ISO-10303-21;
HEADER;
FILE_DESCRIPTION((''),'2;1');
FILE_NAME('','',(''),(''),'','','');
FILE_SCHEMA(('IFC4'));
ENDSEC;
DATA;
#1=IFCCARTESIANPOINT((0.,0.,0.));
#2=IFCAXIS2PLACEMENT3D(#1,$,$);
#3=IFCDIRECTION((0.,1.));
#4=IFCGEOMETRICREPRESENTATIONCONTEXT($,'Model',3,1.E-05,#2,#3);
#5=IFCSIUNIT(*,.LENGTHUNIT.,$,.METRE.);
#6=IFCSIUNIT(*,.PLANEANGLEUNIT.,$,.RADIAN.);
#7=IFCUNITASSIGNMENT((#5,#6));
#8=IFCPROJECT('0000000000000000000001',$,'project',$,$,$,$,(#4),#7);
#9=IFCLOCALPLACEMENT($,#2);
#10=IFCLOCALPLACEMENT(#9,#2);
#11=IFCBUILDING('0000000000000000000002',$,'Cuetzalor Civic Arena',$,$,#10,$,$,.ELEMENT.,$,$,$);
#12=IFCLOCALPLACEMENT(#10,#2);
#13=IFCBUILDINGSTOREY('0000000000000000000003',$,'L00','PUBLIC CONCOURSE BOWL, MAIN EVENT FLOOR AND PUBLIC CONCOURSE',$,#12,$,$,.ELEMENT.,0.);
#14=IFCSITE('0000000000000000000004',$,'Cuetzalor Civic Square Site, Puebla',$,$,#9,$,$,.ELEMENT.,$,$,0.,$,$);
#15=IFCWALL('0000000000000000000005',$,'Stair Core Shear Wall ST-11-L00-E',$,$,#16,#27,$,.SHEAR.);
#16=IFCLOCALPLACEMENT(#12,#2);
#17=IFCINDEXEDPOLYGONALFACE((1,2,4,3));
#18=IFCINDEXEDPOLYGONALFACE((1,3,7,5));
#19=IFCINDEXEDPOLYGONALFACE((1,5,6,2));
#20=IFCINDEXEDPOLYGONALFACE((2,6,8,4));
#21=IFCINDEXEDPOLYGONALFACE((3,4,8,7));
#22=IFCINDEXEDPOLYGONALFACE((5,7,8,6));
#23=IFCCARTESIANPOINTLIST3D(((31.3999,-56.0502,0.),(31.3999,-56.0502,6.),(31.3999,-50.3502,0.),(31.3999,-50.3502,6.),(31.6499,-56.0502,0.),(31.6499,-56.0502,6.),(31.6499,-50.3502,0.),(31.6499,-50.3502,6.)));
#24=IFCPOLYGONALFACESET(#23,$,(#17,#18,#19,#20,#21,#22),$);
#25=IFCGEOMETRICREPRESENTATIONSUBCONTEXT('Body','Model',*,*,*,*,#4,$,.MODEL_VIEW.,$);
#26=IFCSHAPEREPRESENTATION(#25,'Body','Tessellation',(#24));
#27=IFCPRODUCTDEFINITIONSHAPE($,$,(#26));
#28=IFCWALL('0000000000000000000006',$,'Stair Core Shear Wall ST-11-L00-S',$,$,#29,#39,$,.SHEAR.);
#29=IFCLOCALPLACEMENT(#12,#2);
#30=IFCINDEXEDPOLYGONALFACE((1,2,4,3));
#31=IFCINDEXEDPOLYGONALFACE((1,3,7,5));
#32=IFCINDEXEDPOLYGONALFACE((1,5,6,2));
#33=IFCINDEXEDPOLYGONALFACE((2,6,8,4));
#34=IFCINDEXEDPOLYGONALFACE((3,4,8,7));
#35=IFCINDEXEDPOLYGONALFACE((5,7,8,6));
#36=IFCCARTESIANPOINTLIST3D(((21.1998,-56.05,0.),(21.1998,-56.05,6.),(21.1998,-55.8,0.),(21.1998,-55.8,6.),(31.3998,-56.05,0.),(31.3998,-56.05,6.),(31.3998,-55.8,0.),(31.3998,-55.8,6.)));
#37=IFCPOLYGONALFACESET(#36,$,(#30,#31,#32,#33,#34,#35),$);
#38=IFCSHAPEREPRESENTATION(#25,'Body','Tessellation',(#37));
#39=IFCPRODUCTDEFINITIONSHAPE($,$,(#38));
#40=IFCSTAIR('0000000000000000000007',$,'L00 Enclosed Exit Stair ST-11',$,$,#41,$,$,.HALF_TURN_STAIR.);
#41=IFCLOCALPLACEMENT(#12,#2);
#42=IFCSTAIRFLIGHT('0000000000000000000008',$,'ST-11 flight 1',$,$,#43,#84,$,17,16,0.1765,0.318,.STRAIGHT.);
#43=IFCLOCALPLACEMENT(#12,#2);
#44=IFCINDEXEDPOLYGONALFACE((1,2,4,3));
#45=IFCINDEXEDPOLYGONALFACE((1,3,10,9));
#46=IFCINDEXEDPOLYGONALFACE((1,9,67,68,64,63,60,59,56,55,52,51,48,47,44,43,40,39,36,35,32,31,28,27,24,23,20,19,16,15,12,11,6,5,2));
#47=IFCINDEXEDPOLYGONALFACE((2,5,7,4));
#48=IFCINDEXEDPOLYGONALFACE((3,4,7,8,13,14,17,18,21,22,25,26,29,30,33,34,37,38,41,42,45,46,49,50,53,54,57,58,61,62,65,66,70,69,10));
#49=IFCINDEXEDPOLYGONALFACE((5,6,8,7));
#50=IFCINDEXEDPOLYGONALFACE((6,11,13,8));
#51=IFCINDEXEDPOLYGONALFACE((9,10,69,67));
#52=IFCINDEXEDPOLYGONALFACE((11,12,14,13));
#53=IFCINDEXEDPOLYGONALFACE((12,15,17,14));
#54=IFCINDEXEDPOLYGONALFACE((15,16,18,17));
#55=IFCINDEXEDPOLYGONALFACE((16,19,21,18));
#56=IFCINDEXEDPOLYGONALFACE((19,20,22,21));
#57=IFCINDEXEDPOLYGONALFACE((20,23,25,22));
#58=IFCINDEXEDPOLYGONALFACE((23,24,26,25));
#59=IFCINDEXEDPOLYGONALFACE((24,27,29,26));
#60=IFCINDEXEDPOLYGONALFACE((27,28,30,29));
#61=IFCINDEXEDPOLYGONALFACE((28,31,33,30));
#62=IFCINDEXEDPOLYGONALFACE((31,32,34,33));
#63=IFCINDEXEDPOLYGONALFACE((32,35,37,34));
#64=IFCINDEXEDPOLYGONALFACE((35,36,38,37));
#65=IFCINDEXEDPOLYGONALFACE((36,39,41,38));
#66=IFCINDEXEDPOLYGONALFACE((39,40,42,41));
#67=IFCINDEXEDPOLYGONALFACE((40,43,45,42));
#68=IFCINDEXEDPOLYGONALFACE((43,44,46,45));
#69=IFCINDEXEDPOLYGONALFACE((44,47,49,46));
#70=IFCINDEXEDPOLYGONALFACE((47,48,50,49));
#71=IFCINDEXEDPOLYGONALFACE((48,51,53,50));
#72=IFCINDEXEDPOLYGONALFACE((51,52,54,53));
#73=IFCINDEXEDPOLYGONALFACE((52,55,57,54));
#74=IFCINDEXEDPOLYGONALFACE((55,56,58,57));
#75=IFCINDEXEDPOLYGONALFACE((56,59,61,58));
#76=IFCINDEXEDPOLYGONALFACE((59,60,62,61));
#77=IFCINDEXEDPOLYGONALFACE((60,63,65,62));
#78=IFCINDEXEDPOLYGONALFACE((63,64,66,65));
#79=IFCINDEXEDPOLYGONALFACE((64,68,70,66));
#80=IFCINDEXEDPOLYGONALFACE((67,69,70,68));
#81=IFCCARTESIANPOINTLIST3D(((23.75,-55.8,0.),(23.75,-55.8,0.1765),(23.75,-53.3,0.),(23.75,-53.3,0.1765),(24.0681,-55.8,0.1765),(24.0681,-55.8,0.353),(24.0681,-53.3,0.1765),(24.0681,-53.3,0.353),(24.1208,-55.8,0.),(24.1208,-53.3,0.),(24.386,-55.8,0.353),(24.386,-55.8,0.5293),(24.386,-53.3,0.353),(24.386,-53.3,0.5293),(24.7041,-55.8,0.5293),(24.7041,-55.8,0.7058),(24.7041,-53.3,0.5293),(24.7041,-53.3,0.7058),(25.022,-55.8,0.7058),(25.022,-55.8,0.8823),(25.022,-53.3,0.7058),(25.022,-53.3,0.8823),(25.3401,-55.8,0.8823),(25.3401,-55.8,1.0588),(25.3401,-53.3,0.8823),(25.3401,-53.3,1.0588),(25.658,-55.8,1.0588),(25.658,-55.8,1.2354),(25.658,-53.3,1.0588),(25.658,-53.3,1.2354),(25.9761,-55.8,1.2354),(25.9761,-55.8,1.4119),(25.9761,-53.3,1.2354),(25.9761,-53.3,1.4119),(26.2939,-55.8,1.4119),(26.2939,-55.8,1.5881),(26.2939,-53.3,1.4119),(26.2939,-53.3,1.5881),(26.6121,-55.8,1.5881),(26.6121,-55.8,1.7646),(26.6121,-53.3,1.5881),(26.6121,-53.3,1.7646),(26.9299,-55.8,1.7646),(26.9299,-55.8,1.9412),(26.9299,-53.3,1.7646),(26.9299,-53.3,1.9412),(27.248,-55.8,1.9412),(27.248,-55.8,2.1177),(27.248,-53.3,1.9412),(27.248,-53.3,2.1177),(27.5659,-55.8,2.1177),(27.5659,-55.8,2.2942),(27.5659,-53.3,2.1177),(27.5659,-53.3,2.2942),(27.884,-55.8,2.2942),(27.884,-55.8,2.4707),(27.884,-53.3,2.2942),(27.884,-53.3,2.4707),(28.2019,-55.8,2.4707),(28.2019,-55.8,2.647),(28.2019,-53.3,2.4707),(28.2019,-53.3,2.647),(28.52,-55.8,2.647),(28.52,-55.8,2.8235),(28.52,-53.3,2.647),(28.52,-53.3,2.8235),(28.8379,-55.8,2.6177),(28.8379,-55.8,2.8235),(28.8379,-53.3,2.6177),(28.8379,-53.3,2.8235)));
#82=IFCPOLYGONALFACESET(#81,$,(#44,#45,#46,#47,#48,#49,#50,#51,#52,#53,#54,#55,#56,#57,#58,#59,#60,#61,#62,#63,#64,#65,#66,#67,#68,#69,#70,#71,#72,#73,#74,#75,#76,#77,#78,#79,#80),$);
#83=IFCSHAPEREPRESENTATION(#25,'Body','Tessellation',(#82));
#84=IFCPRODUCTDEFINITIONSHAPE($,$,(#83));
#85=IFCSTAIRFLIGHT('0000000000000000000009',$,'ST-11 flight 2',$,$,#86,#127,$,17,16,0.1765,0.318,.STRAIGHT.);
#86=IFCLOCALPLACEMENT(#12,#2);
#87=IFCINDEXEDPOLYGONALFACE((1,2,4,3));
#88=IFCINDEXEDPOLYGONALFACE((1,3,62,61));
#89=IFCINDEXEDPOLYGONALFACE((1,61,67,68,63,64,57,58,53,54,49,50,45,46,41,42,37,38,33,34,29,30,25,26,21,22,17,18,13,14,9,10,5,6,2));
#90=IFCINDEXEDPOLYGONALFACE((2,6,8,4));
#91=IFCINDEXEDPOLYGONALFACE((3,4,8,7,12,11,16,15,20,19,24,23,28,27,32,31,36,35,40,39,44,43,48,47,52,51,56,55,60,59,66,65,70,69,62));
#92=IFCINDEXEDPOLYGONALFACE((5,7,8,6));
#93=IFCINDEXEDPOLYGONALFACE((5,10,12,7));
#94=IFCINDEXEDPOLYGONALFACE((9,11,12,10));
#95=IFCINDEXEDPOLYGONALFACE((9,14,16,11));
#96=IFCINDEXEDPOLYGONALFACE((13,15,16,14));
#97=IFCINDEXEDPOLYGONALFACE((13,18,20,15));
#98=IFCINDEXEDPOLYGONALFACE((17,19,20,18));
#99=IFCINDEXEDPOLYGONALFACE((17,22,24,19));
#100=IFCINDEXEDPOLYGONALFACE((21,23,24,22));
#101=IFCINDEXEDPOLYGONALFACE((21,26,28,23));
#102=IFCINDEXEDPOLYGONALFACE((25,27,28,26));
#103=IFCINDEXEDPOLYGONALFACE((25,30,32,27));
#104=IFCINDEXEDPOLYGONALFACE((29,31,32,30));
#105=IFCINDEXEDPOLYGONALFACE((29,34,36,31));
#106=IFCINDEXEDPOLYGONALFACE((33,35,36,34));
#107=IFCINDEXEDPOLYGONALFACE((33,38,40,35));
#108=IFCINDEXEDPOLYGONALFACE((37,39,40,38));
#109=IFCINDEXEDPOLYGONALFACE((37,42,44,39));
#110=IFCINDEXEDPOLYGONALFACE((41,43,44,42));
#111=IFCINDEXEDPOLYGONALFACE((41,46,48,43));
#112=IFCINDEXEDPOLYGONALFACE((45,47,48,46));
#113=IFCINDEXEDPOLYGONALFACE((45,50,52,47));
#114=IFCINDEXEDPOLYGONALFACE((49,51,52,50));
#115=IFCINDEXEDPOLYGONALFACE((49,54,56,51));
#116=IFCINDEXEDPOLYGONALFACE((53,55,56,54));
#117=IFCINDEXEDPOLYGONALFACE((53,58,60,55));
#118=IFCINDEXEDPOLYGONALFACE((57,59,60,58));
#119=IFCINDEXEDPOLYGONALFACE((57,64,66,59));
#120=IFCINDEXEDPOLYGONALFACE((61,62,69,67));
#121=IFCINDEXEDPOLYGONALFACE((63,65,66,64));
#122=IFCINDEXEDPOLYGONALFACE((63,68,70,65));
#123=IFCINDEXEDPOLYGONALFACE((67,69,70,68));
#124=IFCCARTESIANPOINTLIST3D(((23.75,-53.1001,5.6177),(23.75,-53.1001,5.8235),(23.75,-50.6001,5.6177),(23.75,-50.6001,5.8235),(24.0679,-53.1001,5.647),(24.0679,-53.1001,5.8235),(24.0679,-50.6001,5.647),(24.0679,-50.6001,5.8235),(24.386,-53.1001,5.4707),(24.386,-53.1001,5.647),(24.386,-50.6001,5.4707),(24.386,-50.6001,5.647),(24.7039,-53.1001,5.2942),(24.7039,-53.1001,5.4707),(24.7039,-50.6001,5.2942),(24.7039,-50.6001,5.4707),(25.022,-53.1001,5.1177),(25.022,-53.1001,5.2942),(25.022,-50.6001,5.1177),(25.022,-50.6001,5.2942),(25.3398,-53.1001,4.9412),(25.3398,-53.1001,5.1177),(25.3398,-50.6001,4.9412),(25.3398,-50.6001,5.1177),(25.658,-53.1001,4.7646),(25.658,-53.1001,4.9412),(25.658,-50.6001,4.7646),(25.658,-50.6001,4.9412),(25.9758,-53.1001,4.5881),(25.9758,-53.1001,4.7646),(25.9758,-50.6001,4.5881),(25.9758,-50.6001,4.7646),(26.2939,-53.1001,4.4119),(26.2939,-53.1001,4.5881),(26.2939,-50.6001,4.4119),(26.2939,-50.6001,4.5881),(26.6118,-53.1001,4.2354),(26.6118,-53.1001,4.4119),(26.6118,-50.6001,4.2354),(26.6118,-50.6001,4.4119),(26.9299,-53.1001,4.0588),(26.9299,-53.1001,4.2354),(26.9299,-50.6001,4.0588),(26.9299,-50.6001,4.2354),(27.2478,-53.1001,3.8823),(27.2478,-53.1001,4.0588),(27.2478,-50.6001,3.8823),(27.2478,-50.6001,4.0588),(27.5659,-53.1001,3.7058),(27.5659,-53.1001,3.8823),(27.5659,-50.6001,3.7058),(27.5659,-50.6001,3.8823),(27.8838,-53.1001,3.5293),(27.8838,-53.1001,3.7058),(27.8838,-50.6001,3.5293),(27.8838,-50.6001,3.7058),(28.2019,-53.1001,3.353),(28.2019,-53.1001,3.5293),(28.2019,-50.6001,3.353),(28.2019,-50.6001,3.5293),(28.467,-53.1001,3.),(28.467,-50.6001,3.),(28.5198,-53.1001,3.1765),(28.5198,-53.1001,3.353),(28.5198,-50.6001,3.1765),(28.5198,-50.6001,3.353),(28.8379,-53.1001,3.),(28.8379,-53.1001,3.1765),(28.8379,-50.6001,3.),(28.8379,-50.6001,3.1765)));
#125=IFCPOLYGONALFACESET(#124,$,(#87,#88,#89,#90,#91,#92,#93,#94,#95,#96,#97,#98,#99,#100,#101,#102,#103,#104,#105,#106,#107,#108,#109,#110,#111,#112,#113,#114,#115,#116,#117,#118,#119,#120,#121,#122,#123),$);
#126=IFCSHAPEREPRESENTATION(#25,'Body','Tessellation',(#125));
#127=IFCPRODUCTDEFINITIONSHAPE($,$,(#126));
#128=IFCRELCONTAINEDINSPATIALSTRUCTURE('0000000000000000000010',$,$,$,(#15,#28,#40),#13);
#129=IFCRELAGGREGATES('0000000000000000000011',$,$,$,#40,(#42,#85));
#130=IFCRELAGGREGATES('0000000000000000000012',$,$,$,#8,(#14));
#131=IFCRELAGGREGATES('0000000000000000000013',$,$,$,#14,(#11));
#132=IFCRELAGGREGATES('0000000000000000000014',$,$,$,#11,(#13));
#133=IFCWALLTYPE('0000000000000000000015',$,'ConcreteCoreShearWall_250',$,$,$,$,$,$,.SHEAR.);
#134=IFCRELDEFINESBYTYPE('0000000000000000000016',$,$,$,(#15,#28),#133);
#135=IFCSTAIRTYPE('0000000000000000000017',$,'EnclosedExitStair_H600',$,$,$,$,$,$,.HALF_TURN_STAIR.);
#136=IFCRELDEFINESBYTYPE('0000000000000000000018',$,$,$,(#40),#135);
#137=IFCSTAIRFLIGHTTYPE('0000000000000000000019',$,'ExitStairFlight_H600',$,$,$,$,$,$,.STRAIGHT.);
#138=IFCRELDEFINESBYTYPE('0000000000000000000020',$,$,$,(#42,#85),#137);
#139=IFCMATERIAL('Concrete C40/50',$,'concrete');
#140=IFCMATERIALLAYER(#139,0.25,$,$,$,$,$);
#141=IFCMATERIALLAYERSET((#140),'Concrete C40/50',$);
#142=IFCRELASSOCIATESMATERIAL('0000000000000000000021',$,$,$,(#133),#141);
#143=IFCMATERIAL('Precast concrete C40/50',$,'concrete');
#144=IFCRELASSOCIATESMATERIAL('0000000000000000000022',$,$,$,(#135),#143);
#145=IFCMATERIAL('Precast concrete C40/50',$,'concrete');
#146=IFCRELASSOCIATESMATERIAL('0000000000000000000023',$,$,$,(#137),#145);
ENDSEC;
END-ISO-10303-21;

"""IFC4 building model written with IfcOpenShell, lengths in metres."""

from ifc_helpers import new_model, si_unit, direction, frame, frame_2d, origin, place, context, subcontext, project, spatial, polyline, rectangle, outline, extrude, material, layer, layer_set, type_object, element, aggregate, save


model = new_model("IFC4")

# Units and contexts
model_context = context("Model", 3, precision=1e-05, world=origin(), true_north=direction((0.0, 1.0)))
body_context = subcontext(model_context, "Body", "Model", "MODEL_VIEW")
ifc_project = project(units=[si_unit("LENGTHUNIT", "METRE"), si_unit("PLANEANGLEUNIT", "RADIAN")], contexts=[model_context])

# Site, building, storey
site_placement = place(None, origin())
site = spatial("IfcSite", under=ifc_project, at=site_placement, Name="Cuetzalor Civic Square Site, Puebla", CompositionType="ELEMENT", RefElevation=0.0)
building_placement = place(site_placement, origin())
building = spatial("IfcBuilding", under=site, at=building_placement, Name="Cuetzalor Civic Arena", CompositionType="ELEMENT")
storey_placement = place(building_placement, origin())
storey = spatial("IfcBuildingStorey", under=building, at=storey_placement, Name="L00", Description="PUBLIC CONCOURSE BOWL, MAIN EVENT FLOOR AND PUBLIC CONCOURSE", CompositionType="ELEMENT", Elevation=0.0)

# Walls
ifc_material_1 = material(Name="Concrete C40/50", Category="concrete")
ifc_layer_1 = layer(ifc_material_1, 0.25)
ifc_layer_set_1 = layer_set([ifc_layer_1], Name="Concrete C40/50")
wall_type_1 = type_object("IfcWallType", Name="ConcreteCoreShearWall_250", PredefinedType="SHEAR", material=ifc_layer_set_1)
wall_1_placement = place(storey_placement, frame((31.5249, -50.3501, 0.0), z_axis=(0.0, 0.0, 1.0), x_axis=(0.0, -1.0, 0.0)))
element("IfcWall", 1, at=wall_1_placement, inside=storey, type_object=wall_type_1, Name="Stair Core Shear Wall ST-11-L00-E", PredefinedType="SHEAR", context=body_context, shape_type="SweptSolid", body=[
    extrude(rectangle(XDim=5.7, YDim=0.25, at=frame_2d((2.8501, 0.0))), origin(), (0.0, 0.0, 1.0), 6.0),
])
wall_2_placement = place(storey_placement, frame((31.3999, -55.925, 0.0), z_axis=(0.0, 0.0, 1.0), x_axis=(-1.0, 0.0, 0.0)))
element("IfcWall", 2, at=wall_2_placement, inside=storey, type_object=wall_type_1, Name="Stair Core Shear Wall ST-11-L00-S", PredefinedType="SHEAR", context=body_context, shape_type="SweptSolid", body=[
    extrude(rectangle(XDim=10.2, YDim=0.25, at=frame_2d((5.1001, 0.0))), origin(), (0.0, 0.0, 1.0), 6.0),
])

# Stair, stair flights
ifc_material_2 = material(Name="Precast concrete C40/50", Category="concrete")
stair_type = type_object("IfcStairType", Name="EnclosedExitStair_H600", PredefinedType="HALF_TURN_STAIR", material=ifc_material_2)
stair_placement = place(storey_placement, origin())
stair = element("IfcStair", 3, at=stair_placement, inside=storey, type_object=stair_type, Name="L00 Enclosed Exit Stair ST-11", PredefinedType="HALF_TURN_STAIR")
ifc_material_3 = material(Name="Precast concrete C40/50", Category="concrete")
stair_flight_type = type_object("IfcStairFlightType", Name="ExitStairFlight_H600", PredefinedType="STRAIGHT", material=ifc_material_3)
stair_flight_1_placement = place(storey_placement, frame((23.75, -54.55, 0.0), z_axis=(0.0, 0.0, 1.0), x_axis=(1.0, 0.0, 0.0)))
stair_flight_1 = element("IfcStairFlight", 4, at=stair_flight_1_placement, type_object=stair_flight_type, Name="ST-11 flight 1", NumberOfRisers=17, NumberOfTreads=16, PredefinedType="STRAIGHT", RiserHeight=0.1765, TreadLength=0.318, context=body_context, shape_type="SweptSolid", body=[
    extrude(outline(polyline([(0.0, 0.0), (0.0, 0.1765), (0.3181, 0.1765), (0.3181, 0.353), (0.636, 0.353), (0.636, 0.5293), (0.9541, 0.5293), (0.9541, 0.7058), (1.272, 0.7058), (1.272, 0.8823), (1.5901, 0.8823), (1.5901, 1.0588), (1.908, 1.0588), (1.908, 1.2354), (2.2261, 1.2354), (2.2261, 1.4119), (2.5439, 1.4119), (2.5439, 1.5881), (2.8621, 1.5881), (2.8621, 1.7646), (3.1799, 1.7646), (3.1799, 1.9412), (3.498, 1.9412), (3.498, 2.1177), (3.8159, 2.1177), (3.8159, 2.2942), (4.134, 2.2942), (4.134, 2.4707), (4.4519, 2.4707), (4.4519, 2.647), (4.77, 2.647), (4.77, 2.8235), (5.0879, 2.8235), (5.0879, 3.0), (5.0879, 2.6177), (0.3708, 0.0), (0.0, 0.0)])), frame((0.0, 1.25, 0.0), z_axis=(0.0, -1.0, 0.0), x_axis=(1.0, 0.0, 0.0)), (0.0, 0.0, 1.0), 2.5),
])
stair_flight_2_placement = place(storey_placement, frame((28.8379, -51.8501, 3.0), z_axis=(0.0, 0.0, 1.0), x_axis=(-1.0, 0.0, 0.0)))
stair_flight_2 = element("IfcStairFlight", 5, at=stair_flight_2_placement, type_object=stair_flight_type, Name="ST-11 flight 2", NumberOfRisers=17, NumberOfTreads=16, PredefinedType="STRAIGHT", RiserHeight=0.1765, TreadLength=0.318, context=body_context, shape_type="SweptSolid", body=[
    extrude(outline(polyline([(0.0, 0.0), (0.0, 0.1765), (0.3181, 0.1765), (0.3181, 0.353), (0.636, 0.353), (0.636, 0.5293), (0.9541, 0.5293), (0.9541, 0.7058), (1.272, 0.7058), (1.272, 0.8823), (1.5901, 0.8823), (1.5901, 1.0588), (1.908, 1.0588), (1.908, 1.2354), (2.2261, 1.2354), (2.2261, 1.4119), (2.5439, 1.4119), (2.5439, 1.5881), (2.8621, 1.5881), (2.8621, 1.7646), (3.1799, 1.7646), (3.1799, 1.9412), (3.498, 1.9412), (3.498, 2.1177), (3.8159, 2.1177), (3.8159, 2.2942), (4.134, 2.2942), (4.134, 2.4707), (4.4519, 2.4707), (4.4519, 2.647), (4.77, 2.647), (4.77, 2.8235), (5.0879, 2.8235), (5.0879, 3.0), (5.0879, 2.6177), (0.3708, 0.0), (0.0, 0.0)])), frame((0.0, 1.25, 0.0), z_axis=(0.0, -1.0, 0.0), x_axis=(1.0, 0.0, 0.0)), (0.0, 0.0, 1.0), 2.5),
])
aggregate(stair, [stair_flight_1, stair_flight_2])

save(model, "model.ifc")
